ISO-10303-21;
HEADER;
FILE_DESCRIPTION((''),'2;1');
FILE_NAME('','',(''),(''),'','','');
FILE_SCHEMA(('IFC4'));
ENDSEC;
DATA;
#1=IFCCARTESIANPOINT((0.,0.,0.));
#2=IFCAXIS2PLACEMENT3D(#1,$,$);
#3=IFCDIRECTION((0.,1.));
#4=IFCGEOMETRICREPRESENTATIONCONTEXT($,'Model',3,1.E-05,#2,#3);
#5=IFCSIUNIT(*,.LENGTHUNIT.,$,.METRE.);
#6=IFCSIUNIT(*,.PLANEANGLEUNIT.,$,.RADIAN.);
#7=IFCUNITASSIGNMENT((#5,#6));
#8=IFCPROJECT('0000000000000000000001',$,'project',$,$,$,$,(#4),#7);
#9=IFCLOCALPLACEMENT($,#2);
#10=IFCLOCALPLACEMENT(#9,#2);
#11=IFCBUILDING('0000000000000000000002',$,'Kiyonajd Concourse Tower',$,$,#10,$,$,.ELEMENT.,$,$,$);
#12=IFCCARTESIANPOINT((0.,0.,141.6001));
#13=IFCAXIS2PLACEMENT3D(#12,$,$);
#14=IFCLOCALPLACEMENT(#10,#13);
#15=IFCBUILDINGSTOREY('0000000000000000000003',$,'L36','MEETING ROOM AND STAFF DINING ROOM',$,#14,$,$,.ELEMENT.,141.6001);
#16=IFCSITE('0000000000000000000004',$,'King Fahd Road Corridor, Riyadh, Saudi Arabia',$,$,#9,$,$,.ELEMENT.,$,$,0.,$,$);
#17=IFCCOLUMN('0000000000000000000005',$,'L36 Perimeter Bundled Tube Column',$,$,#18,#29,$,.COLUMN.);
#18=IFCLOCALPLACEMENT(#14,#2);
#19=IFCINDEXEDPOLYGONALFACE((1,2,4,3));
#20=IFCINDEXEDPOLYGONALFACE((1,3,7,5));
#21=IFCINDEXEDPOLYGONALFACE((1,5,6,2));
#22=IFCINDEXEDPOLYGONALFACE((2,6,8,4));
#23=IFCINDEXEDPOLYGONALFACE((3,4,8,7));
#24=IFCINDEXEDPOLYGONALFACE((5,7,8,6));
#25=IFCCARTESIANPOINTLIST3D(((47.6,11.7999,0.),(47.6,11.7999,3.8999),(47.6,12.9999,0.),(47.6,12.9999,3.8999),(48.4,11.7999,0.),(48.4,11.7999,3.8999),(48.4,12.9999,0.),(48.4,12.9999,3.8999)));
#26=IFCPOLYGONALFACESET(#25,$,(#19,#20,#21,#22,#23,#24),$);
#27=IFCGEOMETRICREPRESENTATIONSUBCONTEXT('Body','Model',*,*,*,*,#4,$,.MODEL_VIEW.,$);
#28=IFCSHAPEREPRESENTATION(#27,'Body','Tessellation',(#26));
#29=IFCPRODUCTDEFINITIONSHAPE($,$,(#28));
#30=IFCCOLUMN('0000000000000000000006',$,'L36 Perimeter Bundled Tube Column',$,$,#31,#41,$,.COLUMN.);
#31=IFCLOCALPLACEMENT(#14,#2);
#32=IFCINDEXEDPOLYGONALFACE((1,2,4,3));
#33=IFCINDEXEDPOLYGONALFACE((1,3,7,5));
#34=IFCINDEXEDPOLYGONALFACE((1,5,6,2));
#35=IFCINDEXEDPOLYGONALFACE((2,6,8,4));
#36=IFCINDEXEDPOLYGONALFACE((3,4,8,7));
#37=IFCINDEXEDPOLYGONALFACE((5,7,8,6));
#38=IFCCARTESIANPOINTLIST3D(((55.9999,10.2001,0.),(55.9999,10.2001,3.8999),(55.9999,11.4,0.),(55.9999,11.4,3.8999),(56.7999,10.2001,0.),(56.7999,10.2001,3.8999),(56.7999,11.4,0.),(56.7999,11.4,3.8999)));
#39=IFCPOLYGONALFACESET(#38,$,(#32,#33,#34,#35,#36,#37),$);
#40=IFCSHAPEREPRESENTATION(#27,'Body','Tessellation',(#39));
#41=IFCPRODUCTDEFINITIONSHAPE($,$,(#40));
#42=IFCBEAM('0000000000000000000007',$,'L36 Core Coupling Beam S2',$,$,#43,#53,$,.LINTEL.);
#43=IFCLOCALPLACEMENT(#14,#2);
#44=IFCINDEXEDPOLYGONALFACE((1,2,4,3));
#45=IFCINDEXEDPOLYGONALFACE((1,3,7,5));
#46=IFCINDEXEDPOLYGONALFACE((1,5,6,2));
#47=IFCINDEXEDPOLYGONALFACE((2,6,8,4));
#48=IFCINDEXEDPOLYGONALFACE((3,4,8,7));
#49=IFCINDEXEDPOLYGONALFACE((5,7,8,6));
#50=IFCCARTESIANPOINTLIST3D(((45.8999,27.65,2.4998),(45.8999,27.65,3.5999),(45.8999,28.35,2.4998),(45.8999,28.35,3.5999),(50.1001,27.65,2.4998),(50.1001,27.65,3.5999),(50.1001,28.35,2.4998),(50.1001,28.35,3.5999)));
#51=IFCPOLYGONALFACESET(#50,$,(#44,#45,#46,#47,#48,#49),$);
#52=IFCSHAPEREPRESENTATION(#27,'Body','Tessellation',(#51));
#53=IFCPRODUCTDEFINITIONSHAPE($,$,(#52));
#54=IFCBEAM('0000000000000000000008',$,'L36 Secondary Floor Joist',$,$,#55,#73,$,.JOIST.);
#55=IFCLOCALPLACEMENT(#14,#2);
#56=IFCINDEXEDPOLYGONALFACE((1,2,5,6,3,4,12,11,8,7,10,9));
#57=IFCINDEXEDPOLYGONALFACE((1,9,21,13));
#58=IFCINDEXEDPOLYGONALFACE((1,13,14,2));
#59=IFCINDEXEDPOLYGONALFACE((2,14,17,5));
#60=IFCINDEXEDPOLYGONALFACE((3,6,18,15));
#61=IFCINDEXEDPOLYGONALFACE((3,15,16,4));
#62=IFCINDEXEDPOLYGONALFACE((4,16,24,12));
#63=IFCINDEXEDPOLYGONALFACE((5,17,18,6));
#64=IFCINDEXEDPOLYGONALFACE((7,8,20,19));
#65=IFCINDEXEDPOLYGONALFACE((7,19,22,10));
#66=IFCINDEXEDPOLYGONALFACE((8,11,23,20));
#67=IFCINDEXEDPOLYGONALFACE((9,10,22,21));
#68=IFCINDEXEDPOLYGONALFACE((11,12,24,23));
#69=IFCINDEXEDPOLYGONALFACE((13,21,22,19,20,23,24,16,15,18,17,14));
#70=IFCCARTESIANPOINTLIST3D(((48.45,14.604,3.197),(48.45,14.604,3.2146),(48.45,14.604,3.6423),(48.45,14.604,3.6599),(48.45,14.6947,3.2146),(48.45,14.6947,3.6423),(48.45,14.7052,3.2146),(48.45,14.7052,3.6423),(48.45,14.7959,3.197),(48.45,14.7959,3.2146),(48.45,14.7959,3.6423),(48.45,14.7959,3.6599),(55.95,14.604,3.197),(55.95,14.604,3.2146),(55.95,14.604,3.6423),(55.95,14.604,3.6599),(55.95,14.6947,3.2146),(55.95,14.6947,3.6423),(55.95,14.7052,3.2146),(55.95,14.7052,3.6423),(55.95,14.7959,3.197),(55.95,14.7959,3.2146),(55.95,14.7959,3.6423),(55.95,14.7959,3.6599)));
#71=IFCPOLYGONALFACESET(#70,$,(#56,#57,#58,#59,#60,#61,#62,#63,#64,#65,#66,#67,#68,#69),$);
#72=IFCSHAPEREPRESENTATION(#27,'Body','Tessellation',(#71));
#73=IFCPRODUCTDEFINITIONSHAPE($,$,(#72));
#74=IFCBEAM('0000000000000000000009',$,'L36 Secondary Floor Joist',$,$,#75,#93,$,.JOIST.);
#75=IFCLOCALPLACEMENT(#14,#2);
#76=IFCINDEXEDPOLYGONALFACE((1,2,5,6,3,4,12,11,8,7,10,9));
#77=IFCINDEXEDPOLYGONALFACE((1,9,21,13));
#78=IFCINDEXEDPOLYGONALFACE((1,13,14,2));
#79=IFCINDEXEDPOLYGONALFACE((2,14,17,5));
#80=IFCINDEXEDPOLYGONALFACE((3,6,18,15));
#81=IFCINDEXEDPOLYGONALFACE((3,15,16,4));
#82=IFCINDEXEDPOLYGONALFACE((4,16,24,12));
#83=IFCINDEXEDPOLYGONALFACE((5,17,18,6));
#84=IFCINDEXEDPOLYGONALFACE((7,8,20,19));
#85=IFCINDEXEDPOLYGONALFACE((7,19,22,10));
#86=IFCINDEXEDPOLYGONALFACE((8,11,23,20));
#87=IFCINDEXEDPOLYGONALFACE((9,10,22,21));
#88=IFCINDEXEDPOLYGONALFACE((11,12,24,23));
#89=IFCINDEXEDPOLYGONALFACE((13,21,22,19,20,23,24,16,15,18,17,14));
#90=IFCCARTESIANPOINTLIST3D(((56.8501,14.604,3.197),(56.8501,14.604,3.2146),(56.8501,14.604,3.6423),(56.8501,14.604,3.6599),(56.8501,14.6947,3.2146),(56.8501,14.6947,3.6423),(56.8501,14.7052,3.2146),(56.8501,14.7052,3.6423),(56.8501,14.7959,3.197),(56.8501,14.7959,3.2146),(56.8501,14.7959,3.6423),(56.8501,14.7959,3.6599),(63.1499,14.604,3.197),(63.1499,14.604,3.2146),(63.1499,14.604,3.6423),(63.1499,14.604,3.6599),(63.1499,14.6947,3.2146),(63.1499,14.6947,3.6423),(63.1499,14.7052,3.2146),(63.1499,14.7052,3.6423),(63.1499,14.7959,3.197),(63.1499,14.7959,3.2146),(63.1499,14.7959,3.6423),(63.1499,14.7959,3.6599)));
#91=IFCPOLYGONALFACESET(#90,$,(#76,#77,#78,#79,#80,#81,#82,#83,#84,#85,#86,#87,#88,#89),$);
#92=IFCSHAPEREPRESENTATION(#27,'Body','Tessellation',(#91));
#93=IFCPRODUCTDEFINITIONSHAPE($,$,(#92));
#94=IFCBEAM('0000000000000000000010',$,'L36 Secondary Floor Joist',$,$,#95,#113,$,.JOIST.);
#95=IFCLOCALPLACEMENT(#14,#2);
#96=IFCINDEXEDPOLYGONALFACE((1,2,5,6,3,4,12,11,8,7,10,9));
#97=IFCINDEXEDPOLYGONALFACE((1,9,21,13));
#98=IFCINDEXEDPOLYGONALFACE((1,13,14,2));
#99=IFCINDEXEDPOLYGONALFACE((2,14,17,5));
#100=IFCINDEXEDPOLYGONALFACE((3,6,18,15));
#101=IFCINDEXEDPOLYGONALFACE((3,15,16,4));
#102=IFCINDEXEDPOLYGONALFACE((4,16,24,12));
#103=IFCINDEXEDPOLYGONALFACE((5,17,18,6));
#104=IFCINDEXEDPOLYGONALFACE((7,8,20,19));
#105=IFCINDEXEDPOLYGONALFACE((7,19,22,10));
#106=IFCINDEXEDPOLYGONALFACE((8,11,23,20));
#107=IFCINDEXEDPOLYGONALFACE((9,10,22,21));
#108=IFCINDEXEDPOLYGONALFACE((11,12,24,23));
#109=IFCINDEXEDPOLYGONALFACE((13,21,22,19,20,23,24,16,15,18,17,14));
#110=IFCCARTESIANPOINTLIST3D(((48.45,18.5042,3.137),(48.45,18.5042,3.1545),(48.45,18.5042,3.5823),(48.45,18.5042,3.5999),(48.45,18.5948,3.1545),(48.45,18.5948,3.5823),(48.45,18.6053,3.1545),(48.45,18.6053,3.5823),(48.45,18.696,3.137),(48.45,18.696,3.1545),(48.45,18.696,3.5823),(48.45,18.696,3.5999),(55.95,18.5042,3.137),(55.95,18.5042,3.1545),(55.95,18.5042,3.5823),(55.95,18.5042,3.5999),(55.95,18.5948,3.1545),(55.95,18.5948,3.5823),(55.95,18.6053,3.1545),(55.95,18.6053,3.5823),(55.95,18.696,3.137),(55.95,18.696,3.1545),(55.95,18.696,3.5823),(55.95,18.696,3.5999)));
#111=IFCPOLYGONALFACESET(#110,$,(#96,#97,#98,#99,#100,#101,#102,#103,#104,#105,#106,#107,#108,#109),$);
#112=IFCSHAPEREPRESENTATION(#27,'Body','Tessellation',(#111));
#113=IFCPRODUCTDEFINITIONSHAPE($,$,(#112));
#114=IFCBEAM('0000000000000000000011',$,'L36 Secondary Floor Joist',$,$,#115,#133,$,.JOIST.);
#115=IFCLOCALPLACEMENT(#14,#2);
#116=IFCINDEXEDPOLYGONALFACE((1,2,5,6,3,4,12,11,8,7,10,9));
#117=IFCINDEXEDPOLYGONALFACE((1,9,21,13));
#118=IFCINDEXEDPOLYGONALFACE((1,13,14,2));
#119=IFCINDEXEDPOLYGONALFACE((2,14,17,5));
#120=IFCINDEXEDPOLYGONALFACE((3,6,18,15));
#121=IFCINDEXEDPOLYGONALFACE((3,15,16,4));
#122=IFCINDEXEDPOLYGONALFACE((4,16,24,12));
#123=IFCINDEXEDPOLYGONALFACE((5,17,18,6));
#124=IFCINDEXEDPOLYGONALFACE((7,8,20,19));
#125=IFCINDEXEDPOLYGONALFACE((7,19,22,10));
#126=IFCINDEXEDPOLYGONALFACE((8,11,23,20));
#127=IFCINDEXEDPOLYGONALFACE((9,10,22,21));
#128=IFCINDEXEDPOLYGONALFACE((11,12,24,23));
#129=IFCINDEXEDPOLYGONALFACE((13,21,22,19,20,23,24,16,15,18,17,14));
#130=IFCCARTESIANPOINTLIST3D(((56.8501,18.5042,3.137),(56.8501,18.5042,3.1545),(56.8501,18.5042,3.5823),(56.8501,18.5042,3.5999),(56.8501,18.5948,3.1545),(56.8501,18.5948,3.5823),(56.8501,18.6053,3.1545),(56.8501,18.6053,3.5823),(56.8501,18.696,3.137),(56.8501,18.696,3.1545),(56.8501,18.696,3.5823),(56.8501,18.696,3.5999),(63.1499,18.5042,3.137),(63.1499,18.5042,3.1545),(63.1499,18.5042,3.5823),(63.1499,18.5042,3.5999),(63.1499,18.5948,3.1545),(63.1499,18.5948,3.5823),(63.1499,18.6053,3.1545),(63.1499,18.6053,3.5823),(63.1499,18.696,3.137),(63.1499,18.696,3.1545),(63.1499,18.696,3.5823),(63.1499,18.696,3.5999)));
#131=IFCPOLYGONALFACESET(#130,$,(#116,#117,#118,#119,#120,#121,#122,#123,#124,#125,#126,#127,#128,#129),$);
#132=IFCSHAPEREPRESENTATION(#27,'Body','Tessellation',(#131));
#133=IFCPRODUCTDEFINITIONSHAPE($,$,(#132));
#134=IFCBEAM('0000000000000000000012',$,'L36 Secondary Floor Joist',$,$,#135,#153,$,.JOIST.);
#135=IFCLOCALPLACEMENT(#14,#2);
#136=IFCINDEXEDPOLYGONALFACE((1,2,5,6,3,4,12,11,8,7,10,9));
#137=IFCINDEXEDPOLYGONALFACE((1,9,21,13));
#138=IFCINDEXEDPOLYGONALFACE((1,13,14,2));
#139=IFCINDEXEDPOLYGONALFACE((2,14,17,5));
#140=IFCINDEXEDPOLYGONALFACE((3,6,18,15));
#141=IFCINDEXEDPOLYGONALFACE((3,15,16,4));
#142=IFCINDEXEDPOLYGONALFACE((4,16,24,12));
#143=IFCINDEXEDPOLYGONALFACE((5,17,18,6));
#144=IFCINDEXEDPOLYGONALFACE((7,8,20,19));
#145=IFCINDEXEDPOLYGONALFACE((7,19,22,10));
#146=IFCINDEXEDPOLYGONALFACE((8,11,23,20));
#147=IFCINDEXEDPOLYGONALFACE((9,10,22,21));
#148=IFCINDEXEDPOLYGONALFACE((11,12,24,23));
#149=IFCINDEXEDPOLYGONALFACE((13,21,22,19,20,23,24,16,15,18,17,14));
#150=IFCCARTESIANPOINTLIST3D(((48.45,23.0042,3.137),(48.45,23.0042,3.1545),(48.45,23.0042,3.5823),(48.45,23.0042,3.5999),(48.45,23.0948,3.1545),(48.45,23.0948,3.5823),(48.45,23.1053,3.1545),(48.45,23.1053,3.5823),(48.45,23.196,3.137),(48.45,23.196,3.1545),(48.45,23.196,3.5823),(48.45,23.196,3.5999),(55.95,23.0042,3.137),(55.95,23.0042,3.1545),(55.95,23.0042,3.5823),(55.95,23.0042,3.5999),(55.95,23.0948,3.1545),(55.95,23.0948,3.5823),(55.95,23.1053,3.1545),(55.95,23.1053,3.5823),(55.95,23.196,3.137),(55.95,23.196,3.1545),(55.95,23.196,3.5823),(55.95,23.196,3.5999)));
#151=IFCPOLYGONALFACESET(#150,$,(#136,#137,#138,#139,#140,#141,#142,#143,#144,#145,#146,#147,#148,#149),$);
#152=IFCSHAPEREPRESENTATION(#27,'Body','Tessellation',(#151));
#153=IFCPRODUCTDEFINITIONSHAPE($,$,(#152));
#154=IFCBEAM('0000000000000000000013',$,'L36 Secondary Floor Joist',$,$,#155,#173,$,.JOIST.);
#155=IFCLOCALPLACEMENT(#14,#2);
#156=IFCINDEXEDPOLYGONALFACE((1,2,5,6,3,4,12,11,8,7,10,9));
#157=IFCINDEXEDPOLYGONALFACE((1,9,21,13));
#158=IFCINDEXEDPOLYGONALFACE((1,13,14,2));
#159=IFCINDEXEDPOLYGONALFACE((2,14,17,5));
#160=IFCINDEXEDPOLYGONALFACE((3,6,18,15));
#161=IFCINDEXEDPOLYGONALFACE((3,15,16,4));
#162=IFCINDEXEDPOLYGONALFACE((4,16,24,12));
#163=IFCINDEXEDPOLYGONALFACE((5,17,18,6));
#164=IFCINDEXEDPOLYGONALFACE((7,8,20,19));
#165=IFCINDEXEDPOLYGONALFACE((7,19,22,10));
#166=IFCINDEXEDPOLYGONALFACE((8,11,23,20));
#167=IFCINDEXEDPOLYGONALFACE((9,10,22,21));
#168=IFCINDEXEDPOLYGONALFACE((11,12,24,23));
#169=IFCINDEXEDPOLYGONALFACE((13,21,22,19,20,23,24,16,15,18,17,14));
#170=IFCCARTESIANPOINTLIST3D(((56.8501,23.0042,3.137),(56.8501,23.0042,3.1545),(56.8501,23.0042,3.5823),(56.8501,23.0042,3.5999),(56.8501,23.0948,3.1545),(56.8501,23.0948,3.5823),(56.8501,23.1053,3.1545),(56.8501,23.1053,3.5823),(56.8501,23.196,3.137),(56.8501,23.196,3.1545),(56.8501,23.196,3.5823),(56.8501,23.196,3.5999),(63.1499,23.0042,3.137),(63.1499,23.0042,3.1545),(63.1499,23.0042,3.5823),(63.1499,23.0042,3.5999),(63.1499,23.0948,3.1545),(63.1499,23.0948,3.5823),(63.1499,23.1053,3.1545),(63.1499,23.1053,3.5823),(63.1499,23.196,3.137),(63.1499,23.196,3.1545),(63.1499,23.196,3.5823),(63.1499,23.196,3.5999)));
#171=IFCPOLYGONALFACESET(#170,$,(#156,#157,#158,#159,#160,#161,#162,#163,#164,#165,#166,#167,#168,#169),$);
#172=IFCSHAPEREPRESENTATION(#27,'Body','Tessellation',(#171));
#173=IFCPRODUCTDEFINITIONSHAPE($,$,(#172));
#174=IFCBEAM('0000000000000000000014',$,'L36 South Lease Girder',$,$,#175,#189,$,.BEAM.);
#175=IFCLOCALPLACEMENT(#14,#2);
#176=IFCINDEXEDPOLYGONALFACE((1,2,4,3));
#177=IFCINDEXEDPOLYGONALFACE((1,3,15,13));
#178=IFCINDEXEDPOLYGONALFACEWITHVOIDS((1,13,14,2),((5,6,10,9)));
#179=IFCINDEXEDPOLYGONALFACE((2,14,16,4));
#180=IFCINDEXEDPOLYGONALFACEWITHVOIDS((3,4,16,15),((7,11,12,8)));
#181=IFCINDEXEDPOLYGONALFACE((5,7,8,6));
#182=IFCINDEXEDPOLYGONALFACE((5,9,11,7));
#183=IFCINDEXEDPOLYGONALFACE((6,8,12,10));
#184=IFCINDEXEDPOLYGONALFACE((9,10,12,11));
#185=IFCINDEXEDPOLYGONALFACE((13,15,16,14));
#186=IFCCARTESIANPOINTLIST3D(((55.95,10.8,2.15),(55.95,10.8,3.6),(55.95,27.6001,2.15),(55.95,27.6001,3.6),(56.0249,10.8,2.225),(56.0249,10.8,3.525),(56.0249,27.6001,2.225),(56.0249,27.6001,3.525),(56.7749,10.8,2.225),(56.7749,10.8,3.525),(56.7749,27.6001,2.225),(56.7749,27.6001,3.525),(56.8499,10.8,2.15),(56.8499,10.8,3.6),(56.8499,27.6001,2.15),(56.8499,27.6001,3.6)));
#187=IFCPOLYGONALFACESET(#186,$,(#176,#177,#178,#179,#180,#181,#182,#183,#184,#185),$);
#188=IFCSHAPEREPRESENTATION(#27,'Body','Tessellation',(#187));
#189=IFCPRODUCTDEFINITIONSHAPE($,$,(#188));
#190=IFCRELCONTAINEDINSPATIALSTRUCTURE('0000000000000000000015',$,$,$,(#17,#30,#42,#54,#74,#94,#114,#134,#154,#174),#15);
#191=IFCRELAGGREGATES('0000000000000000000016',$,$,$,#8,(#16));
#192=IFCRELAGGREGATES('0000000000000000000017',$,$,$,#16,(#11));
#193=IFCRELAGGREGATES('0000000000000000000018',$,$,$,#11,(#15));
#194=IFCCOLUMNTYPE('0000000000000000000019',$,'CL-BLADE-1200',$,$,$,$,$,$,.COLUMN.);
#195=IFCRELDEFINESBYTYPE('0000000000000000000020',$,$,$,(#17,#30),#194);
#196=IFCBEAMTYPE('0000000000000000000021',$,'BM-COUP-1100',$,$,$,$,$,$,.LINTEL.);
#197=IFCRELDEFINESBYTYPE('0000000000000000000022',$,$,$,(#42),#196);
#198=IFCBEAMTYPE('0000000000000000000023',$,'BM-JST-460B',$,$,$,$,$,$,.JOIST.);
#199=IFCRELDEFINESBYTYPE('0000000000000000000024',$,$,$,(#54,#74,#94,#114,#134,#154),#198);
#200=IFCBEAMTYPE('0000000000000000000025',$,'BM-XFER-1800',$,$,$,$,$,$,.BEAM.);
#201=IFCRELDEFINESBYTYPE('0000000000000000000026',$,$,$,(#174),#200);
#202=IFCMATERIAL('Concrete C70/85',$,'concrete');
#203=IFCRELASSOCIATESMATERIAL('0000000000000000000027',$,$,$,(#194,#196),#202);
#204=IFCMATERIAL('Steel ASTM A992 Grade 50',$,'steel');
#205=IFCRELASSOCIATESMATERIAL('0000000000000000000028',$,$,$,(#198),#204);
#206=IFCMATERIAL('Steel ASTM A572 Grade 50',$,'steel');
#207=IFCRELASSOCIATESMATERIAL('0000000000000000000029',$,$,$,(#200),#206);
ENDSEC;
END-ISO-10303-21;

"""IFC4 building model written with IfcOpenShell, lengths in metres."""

from ifc_helpers import new_model, si_unit, direction, frame, origin, origin_2d, place, context, subcontext, project, spatial, rectangle, hollow_rectangle, i_section, extrude, material, material_profile, profile_set, type_object, element, save


model = new_model("IFC4")

# Units and contexts
model_context = context("Model", 3, precision=1e-05, world=origin(), true_north=direction((0.0, 1.0)))
body_context = subcontext(model_context, "Body", "Model", "MODEL_VIEW")
ifc_project = project(units=[si_unit("LENGTHUNIT", "METRE"), si_unit("PLANEANGLEUNIT", "RADIAN")], contexts=[model_context])

# Site, building, storey
site_placement = place(None, origin())
site = spatial("IfcSite", under=ifc_project, at=site_placement, Name="King Fahd Road Corridor, Riyadh, Saudi Arabia", CompositionType="ELEMENT", RefElevation=0.0)
building_placement = place(site_placement, origin())
building = spatial("IfcBuilding", under=site, at=building_placement, Name="Kiyonajd Concourse Tower", CompositionType="ELEMENT")
storey_placement = place(building_placement, frame((0.0, 0.0, 141.6001)))
storey = spatial("IfcBuildingStorey", under=building, at=storey_placement, Name="L36", Description="MEETING ROOM AND STAFF DINING ROOM", CompositionType="ELEMENT", Elevation=141.6001)

# Columns
ifc_material_1 = material(Name="Concrete C70/85", Category="concrete")
ifc_material_profile_1 = material_profile(ifc_material_1, rectangle(XDim=0.8, YDim=1.2, at=origin_2d()), Name="RC-1200x800")
ifc_profile_set_1 = profile_set([ifc_material_profile_1], Name="Concrete C70/85")
column_type = type_object("IfcColumnType", Name="CL-BLADE-1200", PredefinedType="COLUMN", material=ifc_profile_set_1)
for number, where, z_axis, x_axis, name in (
    (1, (48.0, 12.3999, 0.0), (0.0, 0.0, 1.0), (1.0, 0.0, 0.0), "L36 Perimeter Bundled Tube Column"),
    (2, (56.3999, 10.8, 0.0), (0.0, 0.0, 1.0), (1.0, 0.0, 0.0), "L36 Perimeter Bundled Tube Column"),
):
    element("IfcColumn", number, at=place(storey_placement, frame(where, z_axis=z_axis, x_axis=x_axis)), inside=storey, type_object=column_type, Name=name, PredefinedType="COLUMN", context=body_context, shape_type="SweptSolid", body=[
        extrude(rectangle(XDim=0.8, YDim=1.2, at=origin_2d()), origin(), (0.0, 0.0, 1.0), 3.8999),
    ])

# Beams
ifc_material_profile_2 = material_profile(ifc_material_1, rectangle(XDim=0.7, YDim=1.1001, at=origin_2d()), Name="RCBM-700x1100")
ifc_profile_set_2 = profile_set([ifc_material_profile_2], Name="Concrete C70/85")
beam_type_1 = type_object("IfcBeamType", Name="BM-COUP-1100", PredefinedType="LINTEL", material=ifc_profile_set_2)
beam_1_placement = place(storey_placement, frame((45.8999, 28.0, 3.0498), z_axis=(1.0, 0.0, 0.0), x_axis=(0.0, 1.0, 0.0)))
element("IfcBeam", 3, at=beam_1_placement, inside=storey, type_object=beam_type_1, Name="L36 Core Coupling Beam S2", PredefinedType="LINTEL", context=body_context, shape_type="SweptSolid", body=[
    extrude(rectangle(XDim=0.7, YDim=1.1001, at=origin_2d()), origin(), (0.0, 0.0, 1.0), 4.2002),
])
ifc_material_2 = material(Name="Steel ASTM A992 Grade 50", Category="steel")
ifc_material_profile_3 = material_profile(ifc_material_2, i_section(OverallWidth=0.1919, OverallDepth=0.4629, WebThickness=0.0105, FlangeThickness=0.0176, at=origin_2d()), Name="W460X89")
ifc_profile_set_3 = profile_set([ifc_material_profile_3], Name="Steel ASTM A992 Grade 50")
beam_type_2 = type_object("IfcBeamType", Name="BM-JST-460B", PredefinedType="JOIST", material=ifc_profile_set_3)
beam_2_placement = place(storey_placement, frame((48.45, 14.7, 3.4285), z_axis=(1.0, 0.0, 0.0), x_axis=(0.0, 1.0, 0.0)))
element("IfcBeam", 4, at=beam_2_placement, inside=storey, type_object=beam_type_2, Name="L36 Secondary Floor Joist", PredefinedType="JOIST", context=body_context, shape_type="SweptSolid", body=[
    extrude(i_section(OverallWidth=0.1919, OverallDepth=0.4629, WebThickness=0.0105, FlangeThickness=0.0176, at=origin_2d()), origin(), (0.0, 0.0, 1.0), 7.5),
])
beam_3_placement = place(storey_placement, frame((56.8501, 14.7, 3.4285), z_axis=(1.0, 0.0, 0.0), x_axis=(0.0, 1.0, 0.0)))
element("IfcBeam", 5, at=beam_3_placement, inside=storey, type_object=beam_type_2, Name="L36 Secondary Floor Joist", PredefinedType="JOIST", context=body_context, shape_type="SweptSolid", body=[
    extrude(i_section(OverallWidth=0.1919, OverallDepth=0.4629, WebThickness=0.0105, FlangeThickness=0.0176, at=origin_2d()), origin(), (0.0, 0.0, 1.0), 6.2998),
])
beam_4_placement = place(storey_placement, frame((48.45, 18.6001, 3.3684), z_axis=(1.0, 0.0, 0.0), x_axis=(0.0, 1.0, 0.0)))
element("IfcBeam", 6, at=beam_4_placement, inside=storey, type_object=beam_type_2, Name="L36 Secondary Floor Joist", PredefinedType="JOIST", context=body_context, shape_type="SweptSolid", body=[
    extrude(i_section(OverallWidth=0.1919, OverallDepth=0.4629, WebThickness=0.0105, FlangeThickness=0.0176, at=origin_2d()), origin(), (0.0, 0.0, 1.0), 7.5),
])
beam_5_placement = place(storey_placement, frame((56.8501, 18.6001, 3.3684), z_axis=(1.0, 0.0, 0.0), x_axis=(0.0, 1.0, 0.0)))
element("IfcBeam", 7, at=beam_5_placement, inside=storey, type_object=beam_type_2, Name="L36 Secondary Floor Joist", PredefinedType="JOIST", context=body_context, shape_type="SweptSolid", body=[
    extrude(i_section(OverallWidth=0.1919, OverallDepth=0.4629, WebThickness=0.0105, FlangeThickness=0.0176, at=origin_2d()), origin(), (0.0, 0.0, 1.0), 6.2998),
])
beam_6_placement = place(storey_placement, frame((48.45, 23.1001, 3.3684), z_axis=(1.0, 0.0, 0.0), x_axis=(0.0, 1.0, 0.0)))
element("IfcBeam", 8, at=beam_6_placement, inside=storey, type_object=beam_type_2, Name="L36 Secondary Floor Joist", PredefinedType="JOIST", context=body_context, shape_type="SweptSolid", body=[
    extrude(i_section(OverallWidth=0.1919, OverallDepth=0.4629, WebThickness=0.0105, FlangeThickness=0.0176, at=origin_2d()), origin(), (0.0, 0.0, 1.0), 7.5),
])
beam_7_placement = place(storey_placement, frame((56.8501, 23.1001, 3.3684), z_axis=(1.0, 0.0, 0.0), x_axis=(0.0, 1.0, 0.0)))
element("IfcBeam", 9, at=beam_7_placement, inside=storey, type_object=beam_type_2, Name="L36 Secondary Floor Joist", PredefinedType="JOIST", context=body_context, shape_type="SweptSolid", body=[
    extrude(i_section(OverallWidth=0.1919, OverallDepth=0.4629, WebThickness=0.0105, FlangeThickness=0.0176, at=origin_2d()), origin(), (0.0, 0.0, 1.0), 6.2998),
])
ifc_material_3 = material(Name="Steel ASTM A572 Grade 50", Category="steel")
ifc_material_profile_4 = material_profile(ifc_material_3, hollow_rectangle(XDim=0.8999, YDim=1.45, WallThickness=0.075, at=origin_2d()), Name="BOX-1450x900x75")
ifc_profile_set_4 = profile_set([ifc_material_profile_4], Name="Steel ASTM A572 Grade 50")
beam_type_3 = type_object("IfcBeamType", Name="BM-XFER-1800", PredefinedType="BEAM", material=ifc_profile_set_4)
beam_8_placement = place(storey_placement, frame((56.3999, 10.8, 2.875), z_axis=(0.0, 1.0, 0.0), x_axis=(-1.0, 0.0, 0.0)))
element("IfcBeam", 10, at=beam_8_placement, inside=storey, type_object=beam_type_3, Name="L36 South Lease Girder", PredefinedType="BEAM", context=body_context, shape_type="SweptSolid", body=[
    extrude(hollow_rectangle(XDim=0.8999, YDim=1.45, WallThickness=0.075, at=origin_2d()), origin(), (0.0, 0.0, 1.0), 16.8),
])

save(model, "model.ifc")
